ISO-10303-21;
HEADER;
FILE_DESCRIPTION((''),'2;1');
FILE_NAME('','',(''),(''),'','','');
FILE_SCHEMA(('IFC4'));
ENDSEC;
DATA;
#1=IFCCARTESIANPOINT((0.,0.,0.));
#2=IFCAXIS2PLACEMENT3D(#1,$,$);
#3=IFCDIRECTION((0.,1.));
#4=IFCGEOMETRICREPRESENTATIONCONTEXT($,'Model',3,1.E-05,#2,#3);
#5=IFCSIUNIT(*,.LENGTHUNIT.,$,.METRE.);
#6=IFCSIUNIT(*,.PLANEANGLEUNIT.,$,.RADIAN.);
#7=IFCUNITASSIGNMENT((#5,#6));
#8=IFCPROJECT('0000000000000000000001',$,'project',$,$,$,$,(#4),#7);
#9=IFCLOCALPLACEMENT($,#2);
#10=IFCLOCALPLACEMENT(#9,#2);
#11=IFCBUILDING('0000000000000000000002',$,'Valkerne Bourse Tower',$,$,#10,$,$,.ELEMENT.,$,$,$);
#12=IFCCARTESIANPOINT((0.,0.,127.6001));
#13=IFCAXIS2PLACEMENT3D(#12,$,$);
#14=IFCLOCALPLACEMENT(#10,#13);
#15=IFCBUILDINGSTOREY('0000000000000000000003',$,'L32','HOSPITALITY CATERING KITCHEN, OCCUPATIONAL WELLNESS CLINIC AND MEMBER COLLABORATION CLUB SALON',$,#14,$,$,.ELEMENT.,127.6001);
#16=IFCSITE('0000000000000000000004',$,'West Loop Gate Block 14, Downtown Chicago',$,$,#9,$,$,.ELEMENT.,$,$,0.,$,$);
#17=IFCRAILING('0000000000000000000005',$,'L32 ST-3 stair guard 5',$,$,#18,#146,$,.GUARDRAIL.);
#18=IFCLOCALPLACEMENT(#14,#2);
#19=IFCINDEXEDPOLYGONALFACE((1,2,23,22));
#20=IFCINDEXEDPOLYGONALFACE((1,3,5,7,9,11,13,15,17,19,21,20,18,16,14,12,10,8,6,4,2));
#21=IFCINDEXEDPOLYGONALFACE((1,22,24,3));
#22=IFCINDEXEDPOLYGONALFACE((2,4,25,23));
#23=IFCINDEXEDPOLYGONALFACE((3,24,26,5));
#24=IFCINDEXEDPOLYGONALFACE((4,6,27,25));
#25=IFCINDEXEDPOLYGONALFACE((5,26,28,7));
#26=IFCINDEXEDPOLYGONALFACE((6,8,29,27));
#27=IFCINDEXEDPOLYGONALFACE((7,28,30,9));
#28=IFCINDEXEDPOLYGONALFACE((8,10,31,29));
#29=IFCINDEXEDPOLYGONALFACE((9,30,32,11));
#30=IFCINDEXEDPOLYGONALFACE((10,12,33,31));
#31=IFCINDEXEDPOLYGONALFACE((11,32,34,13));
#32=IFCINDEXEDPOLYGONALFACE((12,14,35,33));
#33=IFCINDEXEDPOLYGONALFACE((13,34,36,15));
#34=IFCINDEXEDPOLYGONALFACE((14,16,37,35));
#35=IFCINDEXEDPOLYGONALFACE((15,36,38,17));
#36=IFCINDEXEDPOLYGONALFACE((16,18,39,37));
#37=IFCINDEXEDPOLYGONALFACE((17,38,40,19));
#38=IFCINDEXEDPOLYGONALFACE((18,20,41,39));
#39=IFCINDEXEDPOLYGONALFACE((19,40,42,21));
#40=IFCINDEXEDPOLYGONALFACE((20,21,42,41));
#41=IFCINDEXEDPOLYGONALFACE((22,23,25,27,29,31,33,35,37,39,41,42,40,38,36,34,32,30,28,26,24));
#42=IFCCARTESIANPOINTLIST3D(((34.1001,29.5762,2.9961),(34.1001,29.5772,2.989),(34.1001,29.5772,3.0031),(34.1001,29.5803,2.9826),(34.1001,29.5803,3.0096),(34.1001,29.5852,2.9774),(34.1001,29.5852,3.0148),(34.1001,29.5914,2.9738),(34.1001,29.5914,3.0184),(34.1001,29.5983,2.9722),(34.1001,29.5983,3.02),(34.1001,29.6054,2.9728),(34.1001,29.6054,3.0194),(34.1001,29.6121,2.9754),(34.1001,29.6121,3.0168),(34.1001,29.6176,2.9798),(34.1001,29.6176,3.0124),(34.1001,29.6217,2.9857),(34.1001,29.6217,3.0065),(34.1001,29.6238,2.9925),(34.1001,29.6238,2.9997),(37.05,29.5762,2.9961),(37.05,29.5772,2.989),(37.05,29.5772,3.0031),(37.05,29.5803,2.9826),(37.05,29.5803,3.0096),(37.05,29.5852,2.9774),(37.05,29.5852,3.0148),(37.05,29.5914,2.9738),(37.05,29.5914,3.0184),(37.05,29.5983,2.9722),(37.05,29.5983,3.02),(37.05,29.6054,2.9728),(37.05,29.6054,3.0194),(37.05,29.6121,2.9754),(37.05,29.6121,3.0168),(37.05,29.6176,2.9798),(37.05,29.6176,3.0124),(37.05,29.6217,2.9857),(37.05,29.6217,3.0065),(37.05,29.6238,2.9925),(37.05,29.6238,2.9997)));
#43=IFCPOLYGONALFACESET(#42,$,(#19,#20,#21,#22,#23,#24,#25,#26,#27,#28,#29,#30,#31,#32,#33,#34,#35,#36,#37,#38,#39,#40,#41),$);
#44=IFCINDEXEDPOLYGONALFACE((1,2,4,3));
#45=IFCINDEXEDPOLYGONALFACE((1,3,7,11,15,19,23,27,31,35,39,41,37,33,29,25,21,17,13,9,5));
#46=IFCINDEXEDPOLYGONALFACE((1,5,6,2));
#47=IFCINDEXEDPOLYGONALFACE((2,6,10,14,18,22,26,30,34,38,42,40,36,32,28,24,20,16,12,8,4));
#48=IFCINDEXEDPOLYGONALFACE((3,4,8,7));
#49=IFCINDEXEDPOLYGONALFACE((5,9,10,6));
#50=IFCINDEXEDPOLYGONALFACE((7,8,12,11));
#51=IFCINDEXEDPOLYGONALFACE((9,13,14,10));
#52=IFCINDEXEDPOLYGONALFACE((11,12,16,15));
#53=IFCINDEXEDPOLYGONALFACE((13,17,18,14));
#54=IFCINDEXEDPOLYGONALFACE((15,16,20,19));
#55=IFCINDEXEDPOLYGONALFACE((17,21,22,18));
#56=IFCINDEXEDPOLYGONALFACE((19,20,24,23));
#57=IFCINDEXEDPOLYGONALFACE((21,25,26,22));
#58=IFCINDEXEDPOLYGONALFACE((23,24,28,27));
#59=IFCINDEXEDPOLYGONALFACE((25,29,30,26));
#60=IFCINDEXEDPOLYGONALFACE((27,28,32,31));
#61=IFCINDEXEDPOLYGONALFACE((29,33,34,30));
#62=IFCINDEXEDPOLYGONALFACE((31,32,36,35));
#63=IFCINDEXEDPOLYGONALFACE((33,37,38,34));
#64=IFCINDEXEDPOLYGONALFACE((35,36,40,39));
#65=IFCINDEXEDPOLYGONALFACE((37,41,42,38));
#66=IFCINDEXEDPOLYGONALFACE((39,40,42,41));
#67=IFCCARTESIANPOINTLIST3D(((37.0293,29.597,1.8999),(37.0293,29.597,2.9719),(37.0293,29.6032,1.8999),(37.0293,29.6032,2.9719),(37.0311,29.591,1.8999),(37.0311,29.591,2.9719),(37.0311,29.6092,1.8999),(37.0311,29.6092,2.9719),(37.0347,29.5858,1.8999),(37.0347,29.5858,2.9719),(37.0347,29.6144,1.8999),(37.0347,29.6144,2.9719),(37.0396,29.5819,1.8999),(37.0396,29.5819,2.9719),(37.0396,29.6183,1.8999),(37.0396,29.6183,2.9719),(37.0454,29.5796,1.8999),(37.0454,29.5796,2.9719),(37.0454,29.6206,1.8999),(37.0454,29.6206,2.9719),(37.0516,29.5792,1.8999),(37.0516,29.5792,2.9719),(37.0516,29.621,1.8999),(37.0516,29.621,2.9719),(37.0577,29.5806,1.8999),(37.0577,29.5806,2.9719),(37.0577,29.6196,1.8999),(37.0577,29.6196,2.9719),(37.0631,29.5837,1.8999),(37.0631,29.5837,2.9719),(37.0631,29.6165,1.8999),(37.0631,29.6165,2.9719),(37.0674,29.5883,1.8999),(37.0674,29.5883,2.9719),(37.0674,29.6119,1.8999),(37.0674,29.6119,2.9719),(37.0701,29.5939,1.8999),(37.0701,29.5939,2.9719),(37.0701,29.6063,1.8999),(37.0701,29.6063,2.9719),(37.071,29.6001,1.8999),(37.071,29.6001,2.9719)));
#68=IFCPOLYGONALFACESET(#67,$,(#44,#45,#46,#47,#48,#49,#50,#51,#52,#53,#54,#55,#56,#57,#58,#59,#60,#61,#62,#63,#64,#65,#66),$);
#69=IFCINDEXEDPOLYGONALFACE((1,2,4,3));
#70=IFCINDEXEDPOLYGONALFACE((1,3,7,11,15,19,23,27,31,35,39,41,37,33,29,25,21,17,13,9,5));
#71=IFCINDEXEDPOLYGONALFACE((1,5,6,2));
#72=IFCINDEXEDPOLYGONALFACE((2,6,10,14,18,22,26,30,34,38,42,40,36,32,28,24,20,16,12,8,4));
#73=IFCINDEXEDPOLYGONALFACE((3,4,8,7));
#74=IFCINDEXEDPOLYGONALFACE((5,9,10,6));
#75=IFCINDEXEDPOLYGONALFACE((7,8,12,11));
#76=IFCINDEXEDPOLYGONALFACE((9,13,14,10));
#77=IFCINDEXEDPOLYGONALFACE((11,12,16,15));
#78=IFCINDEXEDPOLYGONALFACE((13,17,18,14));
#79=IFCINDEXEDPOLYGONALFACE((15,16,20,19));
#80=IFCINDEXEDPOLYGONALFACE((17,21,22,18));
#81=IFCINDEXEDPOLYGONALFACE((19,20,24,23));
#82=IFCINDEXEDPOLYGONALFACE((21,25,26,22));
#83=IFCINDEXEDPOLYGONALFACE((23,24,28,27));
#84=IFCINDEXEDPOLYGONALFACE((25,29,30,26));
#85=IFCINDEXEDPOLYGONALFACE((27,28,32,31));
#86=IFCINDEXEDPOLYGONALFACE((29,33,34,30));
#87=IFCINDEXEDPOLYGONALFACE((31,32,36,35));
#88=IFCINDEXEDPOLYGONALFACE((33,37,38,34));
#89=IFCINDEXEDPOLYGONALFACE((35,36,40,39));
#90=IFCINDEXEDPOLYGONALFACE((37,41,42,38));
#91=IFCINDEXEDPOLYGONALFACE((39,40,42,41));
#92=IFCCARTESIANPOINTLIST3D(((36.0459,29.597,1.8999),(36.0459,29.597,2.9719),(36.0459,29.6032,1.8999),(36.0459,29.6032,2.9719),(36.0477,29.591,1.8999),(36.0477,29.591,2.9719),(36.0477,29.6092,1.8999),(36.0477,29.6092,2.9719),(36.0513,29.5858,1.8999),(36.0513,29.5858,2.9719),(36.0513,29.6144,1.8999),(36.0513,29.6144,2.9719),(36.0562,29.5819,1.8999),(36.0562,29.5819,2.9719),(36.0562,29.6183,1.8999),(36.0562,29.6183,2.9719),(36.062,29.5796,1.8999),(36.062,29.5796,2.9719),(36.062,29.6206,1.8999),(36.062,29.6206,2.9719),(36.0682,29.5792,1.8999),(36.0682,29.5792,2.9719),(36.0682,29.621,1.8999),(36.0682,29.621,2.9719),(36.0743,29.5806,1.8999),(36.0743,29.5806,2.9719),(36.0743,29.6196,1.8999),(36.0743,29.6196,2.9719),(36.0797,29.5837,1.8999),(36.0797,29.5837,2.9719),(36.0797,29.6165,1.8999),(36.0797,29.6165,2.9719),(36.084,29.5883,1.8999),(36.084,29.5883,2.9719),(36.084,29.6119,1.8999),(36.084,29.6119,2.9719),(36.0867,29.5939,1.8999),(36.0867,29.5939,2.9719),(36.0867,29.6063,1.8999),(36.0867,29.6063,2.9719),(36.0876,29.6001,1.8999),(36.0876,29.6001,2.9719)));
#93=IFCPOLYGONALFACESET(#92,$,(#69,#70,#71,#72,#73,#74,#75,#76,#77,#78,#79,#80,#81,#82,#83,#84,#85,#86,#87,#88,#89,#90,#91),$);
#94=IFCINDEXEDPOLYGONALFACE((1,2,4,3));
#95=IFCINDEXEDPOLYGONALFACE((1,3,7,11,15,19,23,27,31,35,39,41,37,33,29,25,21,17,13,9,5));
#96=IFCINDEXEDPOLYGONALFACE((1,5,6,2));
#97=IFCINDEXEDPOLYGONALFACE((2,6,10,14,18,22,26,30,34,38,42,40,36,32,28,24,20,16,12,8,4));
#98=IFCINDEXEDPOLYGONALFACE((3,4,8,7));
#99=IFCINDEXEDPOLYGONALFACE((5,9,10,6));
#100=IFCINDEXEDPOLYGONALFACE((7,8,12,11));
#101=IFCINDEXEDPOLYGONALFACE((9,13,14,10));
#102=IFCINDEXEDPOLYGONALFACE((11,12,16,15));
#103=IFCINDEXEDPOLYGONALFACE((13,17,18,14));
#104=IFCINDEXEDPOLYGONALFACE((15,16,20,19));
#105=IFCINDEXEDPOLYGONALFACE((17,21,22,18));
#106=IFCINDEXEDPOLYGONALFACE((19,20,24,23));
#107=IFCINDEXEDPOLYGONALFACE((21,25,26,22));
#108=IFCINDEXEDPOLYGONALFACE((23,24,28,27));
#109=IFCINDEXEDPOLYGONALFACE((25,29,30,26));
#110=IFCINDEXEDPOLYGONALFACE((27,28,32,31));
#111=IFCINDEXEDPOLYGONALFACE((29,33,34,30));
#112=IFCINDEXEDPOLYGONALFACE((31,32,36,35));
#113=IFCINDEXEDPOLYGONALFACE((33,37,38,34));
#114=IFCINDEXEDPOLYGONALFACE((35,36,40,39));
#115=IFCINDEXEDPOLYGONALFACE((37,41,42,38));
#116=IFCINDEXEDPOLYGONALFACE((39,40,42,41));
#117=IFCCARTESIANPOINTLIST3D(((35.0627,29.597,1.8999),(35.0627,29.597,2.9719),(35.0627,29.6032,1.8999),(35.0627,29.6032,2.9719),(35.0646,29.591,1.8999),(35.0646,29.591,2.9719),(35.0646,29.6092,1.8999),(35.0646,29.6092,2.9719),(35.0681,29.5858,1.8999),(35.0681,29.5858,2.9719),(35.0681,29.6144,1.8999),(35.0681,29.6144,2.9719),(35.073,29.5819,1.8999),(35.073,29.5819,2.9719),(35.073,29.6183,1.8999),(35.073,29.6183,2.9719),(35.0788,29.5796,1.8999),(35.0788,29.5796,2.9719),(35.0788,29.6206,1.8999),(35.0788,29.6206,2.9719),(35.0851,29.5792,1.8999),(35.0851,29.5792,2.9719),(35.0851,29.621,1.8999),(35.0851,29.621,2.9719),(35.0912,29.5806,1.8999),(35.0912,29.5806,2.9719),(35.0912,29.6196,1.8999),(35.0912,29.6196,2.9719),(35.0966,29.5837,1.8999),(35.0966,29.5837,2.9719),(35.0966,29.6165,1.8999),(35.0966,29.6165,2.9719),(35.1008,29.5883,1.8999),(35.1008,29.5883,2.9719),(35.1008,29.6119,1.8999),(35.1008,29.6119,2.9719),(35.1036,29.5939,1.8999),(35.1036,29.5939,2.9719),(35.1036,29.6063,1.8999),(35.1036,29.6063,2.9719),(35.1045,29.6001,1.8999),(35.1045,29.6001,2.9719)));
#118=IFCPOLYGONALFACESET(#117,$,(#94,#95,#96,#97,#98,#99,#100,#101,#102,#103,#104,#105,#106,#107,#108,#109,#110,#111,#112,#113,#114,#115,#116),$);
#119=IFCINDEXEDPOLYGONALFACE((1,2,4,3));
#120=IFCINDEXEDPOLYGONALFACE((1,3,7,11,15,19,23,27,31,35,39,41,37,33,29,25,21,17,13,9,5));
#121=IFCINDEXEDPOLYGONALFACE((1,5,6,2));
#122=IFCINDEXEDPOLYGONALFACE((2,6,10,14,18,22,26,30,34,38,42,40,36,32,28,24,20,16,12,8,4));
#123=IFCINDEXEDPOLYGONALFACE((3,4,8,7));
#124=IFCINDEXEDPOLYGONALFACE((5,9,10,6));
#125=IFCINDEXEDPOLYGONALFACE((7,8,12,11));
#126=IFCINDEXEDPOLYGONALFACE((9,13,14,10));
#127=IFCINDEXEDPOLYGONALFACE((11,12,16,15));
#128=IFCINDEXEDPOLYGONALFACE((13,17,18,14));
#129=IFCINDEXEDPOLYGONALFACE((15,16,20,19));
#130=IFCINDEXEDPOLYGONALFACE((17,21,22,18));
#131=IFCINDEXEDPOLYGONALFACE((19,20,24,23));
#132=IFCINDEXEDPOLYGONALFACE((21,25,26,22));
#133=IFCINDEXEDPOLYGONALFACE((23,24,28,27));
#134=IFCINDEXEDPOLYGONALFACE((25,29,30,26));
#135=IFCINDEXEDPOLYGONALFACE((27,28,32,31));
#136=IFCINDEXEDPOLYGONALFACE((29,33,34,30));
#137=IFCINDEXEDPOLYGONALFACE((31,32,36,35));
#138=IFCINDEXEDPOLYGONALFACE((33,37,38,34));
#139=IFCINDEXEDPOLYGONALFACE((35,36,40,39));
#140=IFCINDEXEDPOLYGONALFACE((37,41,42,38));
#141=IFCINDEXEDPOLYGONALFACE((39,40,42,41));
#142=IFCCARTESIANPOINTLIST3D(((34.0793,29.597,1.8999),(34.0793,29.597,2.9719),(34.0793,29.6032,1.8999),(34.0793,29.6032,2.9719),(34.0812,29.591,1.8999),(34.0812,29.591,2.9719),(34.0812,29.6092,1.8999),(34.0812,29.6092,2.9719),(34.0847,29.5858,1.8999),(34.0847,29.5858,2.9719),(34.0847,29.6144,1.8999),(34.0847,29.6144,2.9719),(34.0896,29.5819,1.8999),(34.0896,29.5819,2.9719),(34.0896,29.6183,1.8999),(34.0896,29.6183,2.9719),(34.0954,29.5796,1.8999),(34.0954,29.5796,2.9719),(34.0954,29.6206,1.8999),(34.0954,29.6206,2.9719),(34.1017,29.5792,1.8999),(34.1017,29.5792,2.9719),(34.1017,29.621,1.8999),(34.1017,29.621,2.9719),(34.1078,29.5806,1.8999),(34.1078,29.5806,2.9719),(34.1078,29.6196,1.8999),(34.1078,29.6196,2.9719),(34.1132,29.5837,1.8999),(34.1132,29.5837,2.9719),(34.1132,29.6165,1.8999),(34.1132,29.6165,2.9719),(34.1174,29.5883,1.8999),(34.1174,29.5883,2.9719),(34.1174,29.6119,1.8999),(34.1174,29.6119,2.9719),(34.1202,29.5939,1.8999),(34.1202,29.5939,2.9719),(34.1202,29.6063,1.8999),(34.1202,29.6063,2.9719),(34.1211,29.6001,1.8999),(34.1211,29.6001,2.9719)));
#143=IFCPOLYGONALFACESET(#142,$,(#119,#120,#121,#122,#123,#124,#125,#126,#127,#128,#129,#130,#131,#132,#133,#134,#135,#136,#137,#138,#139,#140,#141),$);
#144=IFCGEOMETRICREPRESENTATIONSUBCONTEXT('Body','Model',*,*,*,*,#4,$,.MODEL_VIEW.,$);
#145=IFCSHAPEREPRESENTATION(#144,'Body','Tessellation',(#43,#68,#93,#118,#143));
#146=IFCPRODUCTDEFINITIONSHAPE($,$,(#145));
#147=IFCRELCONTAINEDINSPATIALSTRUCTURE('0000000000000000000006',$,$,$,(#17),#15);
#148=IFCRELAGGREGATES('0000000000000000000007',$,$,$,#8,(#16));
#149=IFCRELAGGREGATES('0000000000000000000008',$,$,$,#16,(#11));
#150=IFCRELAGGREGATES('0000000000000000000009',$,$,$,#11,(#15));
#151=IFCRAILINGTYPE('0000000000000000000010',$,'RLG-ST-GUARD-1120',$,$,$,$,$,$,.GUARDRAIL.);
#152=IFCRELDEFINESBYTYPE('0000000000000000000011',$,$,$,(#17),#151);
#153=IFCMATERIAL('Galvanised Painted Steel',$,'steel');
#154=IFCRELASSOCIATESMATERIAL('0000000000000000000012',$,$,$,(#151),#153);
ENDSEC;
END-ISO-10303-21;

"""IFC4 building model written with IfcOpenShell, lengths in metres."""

from ifc_helpers import new_model, si_unit, direction, frame, origin, origin_2d, place, context, subcontext, project, spatial, circle, extrude, material, type_object, element, save


model = new_model("IFC4")

# Units and contexts
model_context = context("Model", 3, precision=1e-05, world=origin(), true_north=direction((0.0, 1.0)))
body_context = subcontext(model_context, "Body", "Model", "MODEL_VIEW")
ifc_project = project(units=[si_unit("LENGTHUNIT", "METRE"), si_unit("PLANEANGLEUNIT", "RADIAN")], contexts=[model_context])

# Site, building, storey
site_placement = place(None, origin())
site = spatial("IfcSite", under=ifc_project, at=site_placement, Name="West Loop Gate Block 14, Downtown Chicago", CompositionType="ELEMENT", RefElevation=0.0)
building_placement = place(site_placement, origin())
building = spatial("IfcBuilding", under=site, at=building_placement, Name="Valkerne Bourse Tower", CompositionType="ELEMENT")
storey_placement = place(building_placement, frame((0.0, 0.0, 127.6001)))
storey = spatial("IfcBuildingStorey", under=building, at=storey_placement, Name="L32", Description="HOSPITALITY CATERING KITCHEN, OCCUPATIONAL WELLNESS CLINIC AND MEMBER COLLABORATION CLUB SALON", CompositionType="ELEMENT", Elevation=127.6001)

# Shared definitions
ifc_material_1 = material(Name="Galvanised Painted Steel", Category="steel")

# Railing
railing_type_1 = type_object("IfcRailingType", Name="RLG-ST-GUARD-1120", PredefinedType="GUARDRAIL", material=ifc_material_1)
railing_1_placement = place(storey_placement, frame((37.05, 29.6001, 1.8999)))
element("IfcRailing", 1, at=railing_1_placement, inside=storey, type_object=railing_type_1, Name="L32 ST-3 stair guard 5", PredefinedType="GUARDRAIL", context=body_context, shape_type="SweptSolid", body=[
    extrude(circle(Radius=0.0239, at=origin_2d()), frame((0.0, 0.0, 1.0962), z_axis=(-1.0, 0.0, 0.0), x_axis=(0.0, -1.0, 0.0)), (0.0, 0.0, 1.0), 2.95),
    extrude(circle(Radius=0.021, at=origin_2d()), origin(), (0.0, 0.0, 1.0), 1.072),
    extrude(circle(Radius=0.021, at=origin_2d()), frame((-0.9834, 0.0, 0.0)), (0.0, 0.0, 1.0), 1.072),
    extrude(circle(Radius=0.021, at=origin_2d()), frame((-1.9666, 0.0, 0.0)), (0.0, 0.0, 1.0), 1.072),
    extrude(circle(Radius=0.021, at=origin_2d()), frame((-2.95, 0.0, 0.0)), (0.0, 0.0, 1.0), 1.072),
])

save(model, "model.ifc")
